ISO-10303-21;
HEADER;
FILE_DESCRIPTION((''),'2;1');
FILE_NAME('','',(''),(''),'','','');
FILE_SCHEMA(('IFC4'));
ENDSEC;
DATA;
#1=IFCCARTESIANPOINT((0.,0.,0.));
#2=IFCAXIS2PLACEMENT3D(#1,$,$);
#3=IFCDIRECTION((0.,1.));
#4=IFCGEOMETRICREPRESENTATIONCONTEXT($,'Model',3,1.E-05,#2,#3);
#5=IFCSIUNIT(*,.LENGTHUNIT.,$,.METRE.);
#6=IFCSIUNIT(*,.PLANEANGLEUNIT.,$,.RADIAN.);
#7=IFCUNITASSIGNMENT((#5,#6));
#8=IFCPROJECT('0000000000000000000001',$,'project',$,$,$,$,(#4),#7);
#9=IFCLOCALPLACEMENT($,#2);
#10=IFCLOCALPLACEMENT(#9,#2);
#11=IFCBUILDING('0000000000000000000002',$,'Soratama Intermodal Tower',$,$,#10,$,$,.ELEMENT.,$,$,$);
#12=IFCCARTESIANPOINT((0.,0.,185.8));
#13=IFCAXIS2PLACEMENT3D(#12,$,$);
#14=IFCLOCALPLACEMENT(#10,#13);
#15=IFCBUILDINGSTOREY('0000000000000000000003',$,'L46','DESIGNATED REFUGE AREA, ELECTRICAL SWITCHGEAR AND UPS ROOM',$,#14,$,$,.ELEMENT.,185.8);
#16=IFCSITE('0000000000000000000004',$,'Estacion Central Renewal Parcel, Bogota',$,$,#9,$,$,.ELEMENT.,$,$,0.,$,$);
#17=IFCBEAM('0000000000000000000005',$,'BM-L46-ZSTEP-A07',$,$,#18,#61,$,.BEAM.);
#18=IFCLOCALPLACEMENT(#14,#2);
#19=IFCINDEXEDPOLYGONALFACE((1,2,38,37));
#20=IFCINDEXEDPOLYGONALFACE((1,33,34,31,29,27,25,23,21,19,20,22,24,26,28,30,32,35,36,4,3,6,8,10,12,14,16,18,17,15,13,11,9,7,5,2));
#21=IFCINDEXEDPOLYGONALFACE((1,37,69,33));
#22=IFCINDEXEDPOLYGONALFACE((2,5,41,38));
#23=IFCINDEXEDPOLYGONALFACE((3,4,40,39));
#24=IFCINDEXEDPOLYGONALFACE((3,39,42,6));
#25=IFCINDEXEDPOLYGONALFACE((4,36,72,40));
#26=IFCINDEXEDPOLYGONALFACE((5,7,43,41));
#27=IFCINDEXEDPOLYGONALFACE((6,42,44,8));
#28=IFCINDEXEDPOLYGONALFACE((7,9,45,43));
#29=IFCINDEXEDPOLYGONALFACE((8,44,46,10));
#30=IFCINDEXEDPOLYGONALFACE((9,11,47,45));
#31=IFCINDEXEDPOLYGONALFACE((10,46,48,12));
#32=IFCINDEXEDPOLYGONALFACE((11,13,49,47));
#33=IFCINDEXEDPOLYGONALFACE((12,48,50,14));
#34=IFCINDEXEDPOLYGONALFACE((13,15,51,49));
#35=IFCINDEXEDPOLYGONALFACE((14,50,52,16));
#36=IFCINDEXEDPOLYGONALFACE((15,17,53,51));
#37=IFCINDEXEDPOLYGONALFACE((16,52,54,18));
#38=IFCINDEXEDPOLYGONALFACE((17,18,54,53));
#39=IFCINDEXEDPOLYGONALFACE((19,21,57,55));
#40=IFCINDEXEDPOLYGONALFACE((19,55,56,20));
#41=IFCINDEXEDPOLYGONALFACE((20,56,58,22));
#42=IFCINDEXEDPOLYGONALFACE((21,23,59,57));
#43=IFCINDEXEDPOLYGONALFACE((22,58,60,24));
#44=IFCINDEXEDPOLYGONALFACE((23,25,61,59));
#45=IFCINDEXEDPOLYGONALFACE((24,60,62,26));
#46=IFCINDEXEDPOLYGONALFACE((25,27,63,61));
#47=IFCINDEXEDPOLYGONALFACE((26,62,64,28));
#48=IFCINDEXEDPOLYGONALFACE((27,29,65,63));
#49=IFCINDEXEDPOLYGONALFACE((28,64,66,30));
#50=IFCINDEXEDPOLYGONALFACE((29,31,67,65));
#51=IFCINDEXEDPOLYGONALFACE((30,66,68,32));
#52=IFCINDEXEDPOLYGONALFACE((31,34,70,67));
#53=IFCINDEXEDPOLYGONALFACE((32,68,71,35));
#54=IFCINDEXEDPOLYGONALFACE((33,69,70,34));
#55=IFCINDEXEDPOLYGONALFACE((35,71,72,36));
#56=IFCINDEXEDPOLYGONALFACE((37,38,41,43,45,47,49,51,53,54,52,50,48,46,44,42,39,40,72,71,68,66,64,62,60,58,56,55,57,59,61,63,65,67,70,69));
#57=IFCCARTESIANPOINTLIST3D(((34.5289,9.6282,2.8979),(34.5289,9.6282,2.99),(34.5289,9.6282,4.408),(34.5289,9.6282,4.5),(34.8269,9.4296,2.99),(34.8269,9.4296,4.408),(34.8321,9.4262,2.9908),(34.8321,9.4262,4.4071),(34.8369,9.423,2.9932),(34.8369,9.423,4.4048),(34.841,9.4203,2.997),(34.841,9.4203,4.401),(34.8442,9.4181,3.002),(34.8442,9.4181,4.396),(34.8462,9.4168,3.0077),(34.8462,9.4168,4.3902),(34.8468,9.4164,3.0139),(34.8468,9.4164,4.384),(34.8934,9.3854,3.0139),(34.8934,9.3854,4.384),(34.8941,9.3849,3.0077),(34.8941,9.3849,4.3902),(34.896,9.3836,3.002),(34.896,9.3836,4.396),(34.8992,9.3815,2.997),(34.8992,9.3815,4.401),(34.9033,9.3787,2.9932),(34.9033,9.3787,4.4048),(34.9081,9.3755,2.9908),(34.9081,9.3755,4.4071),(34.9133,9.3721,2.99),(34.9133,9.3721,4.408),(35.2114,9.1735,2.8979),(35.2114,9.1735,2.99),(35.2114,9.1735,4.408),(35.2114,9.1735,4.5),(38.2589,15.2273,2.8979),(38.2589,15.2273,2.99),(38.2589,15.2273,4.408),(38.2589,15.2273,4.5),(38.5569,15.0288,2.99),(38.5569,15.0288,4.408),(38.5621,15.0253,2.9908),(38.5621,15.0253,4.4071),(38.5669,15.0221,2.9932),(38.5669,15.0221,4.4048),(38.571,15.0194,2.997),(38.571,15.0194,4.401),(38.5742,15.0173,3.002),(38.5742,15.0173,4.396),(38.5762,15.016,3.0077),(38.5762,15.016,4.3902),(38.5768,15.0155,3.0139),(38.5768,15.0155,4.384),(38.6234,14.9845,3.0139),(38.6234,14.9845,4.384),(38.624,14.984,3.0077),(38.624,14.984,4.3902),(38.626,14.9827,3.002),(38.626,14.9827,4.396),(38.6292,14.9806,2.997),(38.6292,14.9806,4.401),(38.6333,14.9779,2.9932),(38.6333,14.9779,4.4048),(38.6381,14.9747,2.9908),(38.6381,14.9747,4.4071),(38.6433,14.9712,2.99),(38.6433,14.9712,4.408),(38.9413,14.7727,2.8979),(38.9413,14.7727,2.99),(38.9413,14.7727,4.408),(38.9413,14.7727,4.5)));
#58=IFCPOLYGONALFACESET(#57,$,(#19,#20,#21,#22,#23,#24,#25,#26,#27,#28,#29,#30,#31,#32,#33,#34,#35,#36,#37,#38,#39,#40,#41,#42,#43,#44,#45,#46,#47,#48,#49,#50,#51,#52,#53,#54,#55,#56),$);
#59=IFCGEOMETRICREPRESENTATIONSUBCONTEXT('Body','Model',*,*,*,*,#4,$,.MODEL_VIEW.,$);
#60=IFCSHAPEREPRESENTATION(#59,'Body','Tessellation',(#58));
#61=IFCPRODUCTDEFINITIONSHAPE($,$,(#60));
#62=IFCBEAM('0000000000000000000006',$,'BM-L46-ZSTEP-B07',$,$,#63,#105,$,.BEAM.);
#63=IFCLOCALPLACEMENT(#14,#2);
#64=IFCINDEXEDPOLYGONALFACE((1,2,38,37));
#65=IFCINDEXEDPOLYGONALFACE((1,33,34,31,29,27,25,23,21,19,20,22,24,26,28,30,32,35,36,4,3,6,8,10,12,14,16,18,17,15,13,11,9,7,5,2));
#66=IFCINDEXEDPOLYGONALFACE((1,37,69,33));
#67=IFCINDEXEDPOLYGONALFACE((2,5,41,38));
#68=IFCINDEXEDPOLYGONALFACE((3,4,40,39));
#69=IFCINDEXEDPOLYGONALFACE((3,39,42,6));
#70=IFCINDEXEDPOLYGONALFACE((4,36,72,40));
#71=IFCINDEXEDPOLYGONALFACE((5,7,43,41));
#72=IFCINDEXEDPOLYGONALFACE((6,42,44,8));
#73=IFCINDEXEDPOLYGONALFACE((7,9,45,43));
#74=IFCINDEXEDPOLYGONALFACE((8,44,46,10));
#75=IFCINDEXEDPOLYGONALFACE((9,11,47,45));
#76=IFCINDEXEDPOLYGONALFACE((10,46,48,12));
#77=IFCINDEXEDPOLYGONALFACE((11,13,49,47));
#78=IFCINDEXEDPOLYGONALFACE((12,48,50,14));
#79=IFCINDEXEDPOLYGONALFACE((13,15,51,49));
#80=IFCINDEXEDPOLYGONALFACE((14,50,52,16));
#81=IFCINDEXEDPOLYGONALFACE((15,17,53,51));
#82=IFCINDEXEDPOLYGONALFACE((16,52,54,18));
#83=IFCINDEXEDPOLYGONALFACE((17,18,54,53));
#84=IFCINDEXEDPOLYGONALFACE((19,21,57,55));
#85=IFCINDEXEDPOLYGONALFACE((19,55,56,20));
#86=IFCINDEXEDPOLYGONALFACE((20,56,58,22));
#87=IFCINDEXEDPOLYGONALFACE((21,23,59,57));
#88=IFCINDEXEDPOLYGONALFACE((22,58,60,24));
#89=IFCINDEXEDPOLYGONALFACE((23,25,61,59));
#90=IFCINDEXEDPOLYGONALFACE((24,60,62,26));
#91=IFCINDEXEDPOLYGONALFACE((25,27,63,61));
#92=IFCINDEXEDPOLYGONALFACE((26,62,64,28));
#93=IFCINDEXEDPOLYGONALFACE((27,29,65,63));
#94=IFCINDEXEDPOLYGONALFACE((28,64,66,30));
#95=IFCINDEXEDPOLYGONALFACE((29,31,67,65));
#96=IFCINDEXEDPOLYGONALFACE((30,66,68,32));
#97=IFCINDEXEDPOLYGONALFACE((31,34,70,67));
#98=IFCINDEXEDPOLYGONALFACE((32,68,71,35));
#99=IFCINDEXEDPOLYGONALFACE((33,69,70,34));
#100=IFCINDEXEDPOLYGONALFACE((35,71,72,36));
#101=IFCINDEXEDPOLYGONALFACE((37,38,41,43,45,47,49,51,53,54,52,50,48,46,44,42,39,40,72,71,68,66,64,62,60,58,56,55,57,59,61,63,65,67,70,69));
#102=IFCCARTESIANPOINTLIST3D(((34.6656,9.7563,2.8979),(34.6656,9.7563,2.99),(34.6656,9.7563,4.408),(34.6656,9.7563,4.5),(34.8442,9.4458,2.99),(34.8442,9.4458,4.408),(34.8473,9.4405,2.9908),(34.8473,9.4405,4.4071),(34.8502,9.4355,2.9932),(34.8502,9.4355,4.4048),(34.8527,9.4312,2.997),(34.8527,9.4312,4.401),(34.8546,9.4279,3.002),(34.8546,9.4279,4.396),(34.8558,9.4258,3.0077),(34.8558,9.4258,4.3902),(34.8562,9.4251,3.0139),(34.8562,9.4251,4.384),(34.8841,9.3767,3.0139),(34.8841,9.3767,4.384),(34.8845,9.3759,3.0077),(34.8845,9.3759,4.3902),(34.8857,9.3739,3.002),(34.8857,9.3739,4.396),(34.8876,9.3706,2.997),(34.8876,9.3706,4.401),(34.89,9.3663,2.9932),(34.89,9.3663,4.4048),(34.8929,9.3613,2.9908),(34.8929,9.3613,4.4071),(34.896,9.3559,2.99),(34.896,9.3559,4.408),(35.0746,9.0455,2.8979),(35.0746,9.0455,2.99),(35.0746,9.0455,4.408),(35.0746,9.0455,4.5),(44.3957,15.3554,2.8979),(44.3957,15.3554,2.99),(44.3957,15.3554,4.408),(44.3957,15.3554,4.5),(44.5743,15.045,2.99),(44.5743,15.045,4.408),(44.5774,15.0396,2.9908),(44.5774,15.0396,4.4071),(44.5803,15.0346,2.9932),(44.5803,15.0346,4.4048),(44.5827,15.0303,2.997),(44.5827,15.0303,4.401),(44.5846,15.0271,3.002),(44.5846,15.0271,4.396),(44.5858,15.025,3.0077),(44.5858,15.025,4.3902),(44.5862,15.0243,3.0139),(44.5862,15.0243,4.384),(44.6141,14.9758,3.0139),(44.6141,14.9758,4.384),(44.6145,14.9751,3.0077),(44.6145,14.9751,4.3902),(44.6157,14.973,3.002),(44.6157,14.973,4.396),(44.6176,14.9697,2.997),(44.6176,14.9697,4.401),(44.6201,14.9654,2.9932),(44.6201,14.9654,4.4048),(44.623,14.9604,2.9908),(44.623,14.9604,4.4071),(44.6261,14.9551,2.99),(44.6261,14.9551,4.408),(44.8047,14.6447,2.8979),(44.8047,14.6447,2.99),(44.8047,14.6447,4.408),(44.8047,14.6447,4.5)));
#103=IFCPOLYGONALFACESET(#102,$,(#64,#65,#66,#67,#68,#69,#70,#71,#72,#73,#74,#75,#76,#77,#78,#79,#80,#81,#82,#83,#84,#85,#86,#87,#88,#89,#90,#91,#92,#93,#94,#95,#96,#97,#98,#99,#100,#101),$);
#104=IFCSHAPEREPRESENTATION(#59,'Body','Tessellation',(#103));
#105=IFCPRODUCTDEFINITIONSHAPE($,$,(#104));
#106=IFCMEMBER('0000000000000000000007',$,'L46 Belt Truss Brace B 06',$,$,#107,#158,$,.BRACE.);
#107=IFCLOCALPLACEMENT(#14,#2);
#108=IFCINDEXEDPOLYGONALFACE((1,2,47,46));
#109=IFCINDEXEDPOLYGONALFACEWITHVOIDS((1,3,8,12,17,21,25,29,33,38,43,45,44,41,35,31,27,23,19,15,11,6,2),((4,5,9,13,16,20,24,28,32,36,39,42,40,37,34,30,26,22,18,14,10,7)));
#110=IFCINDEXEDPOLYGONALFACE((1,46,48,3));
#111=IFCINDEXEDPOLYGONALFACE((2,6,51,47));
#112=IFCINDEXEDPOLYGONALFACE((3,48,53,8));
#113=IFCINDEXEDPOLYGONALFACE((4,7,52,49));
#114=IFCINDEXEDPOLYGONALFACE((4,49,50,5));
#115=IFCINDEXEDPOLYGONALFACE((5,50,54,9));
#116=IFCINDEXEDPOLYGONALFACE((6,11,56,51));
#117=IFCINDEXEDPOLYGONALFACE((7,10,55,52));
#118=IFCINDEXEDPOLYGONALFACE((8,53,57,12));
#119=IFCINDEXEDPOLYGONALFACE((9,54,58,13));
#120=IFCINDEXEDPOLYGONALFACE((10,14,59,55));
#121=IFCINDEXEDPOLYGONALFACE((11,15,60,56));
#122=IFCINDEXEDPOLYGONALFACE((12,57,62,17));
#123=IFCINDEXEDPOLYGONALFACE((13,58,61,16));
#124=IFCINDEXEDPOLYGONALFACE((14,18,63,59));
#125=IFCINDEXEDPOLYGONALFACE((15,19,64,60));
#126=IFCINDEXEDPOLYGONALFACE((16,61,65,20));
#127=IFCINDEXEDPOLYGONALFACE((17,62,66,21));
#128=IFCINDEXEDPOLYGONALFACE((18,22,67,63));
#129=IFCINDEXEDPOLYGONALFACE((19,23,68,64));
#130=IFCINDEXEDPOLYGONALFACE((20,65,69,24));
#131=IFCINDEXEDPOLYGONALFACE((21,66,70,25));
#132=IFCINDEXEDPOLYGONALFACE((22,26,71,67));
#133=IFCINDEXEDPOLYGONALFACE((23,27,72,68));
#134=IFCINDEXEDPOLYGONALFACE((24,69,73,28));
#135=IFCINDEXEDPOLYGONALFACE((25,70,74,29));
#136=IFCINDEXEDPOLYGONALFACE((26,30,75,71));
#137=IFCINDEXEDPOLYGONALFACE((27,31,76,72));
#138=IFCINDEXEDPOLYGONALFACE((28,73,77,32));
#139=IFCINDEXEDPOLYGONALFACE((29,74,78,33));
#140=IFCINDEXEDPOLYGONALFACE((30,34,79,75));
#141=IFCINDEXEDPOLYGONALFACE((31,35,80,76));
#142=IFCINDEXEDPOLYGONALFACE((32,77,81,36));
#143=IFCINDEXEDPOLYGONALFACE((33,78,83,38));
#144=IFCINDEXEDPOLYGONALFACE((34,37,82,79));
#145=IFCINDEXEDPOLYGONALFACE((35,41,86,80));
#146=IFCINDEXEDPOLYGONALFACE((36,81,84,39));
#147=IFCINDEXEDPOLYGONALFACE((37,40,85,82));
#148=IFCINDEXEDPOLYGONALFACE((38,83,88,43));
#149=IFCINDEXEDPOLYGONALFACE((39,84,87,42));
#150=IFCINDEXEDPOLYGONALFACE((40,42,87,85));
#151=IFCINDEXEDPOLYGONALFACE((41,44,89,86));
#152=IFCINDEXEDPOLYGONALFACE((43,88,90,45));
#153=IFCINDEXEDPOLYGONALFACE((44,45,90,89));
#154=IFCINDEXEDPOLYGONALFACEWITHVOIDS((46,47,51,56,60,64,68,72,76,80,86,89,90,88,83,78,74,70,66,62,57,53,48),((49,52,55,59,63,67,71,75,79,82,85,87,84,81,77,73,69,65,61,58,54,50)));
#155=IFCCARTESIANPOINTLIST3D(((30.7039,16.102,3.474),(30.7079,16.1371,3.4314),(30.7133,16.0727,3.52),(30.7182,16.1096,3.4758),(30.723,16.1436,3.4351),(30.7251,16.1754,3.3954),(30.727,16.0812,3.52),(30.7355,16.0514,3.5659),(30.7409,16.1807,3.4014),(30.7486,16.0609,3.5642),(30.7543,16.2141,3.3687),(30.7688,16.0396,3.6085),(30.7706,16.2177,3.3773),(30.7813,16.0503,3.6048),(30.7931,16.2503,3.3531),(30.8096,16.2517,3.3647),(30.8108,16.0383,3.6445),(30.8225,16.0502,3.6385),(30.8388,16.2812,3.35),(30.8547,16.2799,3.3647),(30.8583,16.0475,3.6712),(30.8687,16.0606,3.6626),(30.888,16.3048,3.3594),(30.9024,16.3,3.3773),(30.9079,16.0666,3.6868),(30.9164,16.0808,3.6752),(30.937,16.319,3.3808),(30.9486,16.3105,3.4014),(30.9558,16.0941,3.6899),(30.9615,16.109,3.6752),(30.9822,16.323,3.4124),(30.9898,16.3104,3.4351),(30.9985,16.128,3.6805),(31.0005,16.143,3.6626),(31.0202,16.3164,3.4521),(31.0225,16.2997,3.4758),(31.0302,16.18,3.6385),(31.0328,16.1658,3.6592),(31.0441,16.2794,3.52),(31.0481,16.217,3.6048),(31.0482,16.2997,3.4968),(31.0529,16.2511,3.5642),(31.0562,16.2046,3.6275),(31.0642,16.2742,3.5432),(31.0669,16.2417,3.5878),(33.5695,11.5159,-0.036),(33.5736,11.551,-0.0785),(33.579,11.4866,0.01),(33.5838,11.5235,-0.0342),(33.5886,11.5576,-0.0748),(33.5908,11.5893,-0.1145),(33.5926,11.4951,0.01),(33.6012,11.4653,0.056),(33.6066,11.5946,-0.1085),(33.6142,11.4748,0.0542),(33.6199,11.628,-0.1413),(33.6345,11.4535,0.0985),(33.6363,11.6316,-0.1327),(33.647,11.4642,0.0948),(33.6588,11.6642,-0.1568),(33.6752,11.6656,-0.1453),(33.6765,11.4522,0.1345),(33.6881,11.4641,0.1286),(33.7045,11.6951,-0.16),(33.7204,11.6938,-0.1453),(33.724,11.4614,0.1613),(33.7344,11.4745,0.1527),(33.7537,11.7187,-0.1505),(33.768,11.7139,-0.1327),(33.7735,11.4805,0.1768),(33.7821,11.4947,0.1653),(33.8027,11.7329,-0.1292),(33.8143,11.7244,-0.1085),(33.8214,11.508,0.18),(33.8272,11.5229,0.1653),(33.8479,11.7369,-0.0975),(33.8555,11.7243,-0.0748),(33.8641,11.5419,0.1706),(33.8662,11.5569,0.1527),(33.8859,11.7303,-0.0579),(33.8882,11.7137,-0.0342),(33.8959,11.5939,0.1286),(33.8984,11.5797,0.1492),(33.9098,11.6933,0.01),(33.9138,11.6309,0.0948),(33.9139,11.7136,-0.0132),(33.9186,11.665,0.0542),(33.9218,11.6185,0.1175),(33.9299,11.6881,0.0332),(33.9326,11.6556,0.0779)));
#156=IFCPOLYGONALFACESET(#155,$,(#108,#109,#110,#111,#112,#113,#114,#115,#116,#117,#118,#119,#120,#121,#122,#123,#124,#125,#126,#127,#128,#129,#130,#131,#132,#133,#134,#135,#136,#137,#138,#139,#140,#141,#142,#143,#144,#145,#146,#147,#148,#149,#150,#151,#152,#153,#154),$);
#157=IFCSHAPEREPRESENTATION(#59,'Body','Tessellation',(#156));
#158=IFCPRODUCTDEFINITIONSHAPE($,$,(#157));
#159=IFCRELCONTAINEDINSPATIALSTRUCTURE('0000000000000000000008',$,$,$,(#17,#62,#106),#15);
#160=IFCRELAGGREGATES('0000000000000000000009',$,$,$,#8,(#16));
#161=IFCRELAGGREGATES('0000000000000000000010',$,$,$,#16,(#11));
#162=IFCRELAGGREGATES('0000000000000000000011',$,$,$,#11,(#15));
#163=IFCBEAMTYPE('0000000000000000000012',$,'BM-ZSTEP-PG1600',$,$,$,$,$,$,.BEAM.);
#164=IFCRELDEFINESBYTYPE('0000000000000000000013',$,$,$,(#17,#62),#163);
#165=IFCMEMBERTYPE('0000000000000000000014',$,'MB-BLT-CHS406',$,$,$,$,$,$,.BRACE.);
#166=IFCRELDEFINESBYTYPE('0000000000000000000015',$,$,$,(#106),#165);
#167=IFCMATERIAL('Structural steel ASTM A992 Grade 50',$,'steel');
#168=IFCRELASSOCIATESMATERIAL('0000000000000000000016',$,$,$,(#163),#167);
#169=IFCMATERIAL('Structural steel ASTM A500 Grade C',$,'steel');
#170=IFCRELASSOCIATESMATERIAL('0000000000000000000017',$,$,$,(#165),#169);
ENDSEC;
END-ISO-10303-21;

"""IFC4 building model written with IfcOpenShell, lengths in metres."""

from ifc_helpers import new_model, si_unit, direction, frame, origin, origin_2d, place, context, subcontext, project, spatial, hollow_circle, i_section, extrude, material, material_profile, profile_set, type_object, element, save


model = new_model("IFC4")

# Units and contexts
model_context = context("Model", 3, precision=1e-05, world=origin(), true_north=direction((0.0, 1.0)))
body_context = subcontext(model_context, "Body", "Model", "MODEL_VIEW")
ifc_project = project(units=[si_unit("LENGTHUNIT", "METRE"), si_unit("PLANEANGLEUNIT", "RADIAN")], contexts=[model_context])

# Site, building, storey
site_placement = place(None, origin())
site = spatial("IfcSite", under=ifc_project, at=site_placement, Name="Estacion Central Renewal Parcel, Bogota", CompositionType="ELEMENT", RefElevation=0.0)
building_placement = place(site_placement, origin())
building = spatial("IfcBuilding", under=site, at=building_placement, Name="Soratama Intermodal Tower", CompositionType="ELEMENT")
storey_placement = place(building_placement, frame((0.0, 0.0, 185.8)))
storey = spatial("IfcBuildingStorey", under=building, at=storey_placement, Name="L46", Description="DESIGNATED REFUGE AREA, ELECTRICAL SWITCHGEAR AND UPS ROOM", CompositionType="ELEMENT", Elevation=185.8)

# Beams
ifc_material_1 = material(Name="Structural steel ASTM A992 Grade 50", Category="steel")
ifc_material_profile_1 = material_profile(ifc_material_1, i_section(OverallWidth=0.8201, OverallDepth=1.6021, WebThickness=0.0559, FlangeThickness=0.092, FilletRadius=0.0239, at=origin_2d()), Name="PG1600X650")
ifc_profile_set_1 = profile_set([ifc_material_profile_1], Name="Structural steel ASTM A992 Grade 50")
beam_type_1 = type_object("IfcBeamType", Name="BM-ZSTEP-PG1600", PredefinedType="BEAM", material=ifc_profile_set_1)
beam_1_placement = place(storey_placement, frame((38.6001, 15.0, 3.699), z_axis=(-0.554415, -0.83224, 0.0), x_axis=(0.83224, -0.554415, 0.0)))
element("IfcBeam", 1, at=beam_1_placement, inside=storey, type_object=beam_type_1, Name="BM-L46-ZSTEP-A07", PredefinedType="BEAM", context=body_context, shape_type="SweptSolid", body=[
    extrude(i_section(OverallWidth=0.8201, OverallDepth=1.6021, WebThickness=0.0559, FlangeThickness=0.092, FilletRadius=0.0239, at=origin_2d()), origin(), (0.0, 0.0, 1.0), 6.7278),
])
beam_2_placement = place(storey_placement, frame((34.8701, 9.4009, 3.699), z_axis=(0.866738, 0.498764, 0.0), x_axis=(-0.498764, 0.866738, 0.0)))
element("IfcBeam", 2, at=beam_2_placement, inside=storey, type_object=beam_type_1, Name="BM-L46-ZSTEP-B07", PredefinedType="BEAM", context=body_context, shape_type="SweptSolid", body=[
    extrude(i_section(OverallWidth=0.8201, OverallDepth=1.6021, WebThickness=0.0559, FlangeThickness=0.092, FilletRadius=0.0239, at=origin_2d()), origin(), (0.0, 0.0, 1.0), 11.2261),
])

# Member
ifc_material_2 = material(Name="Structural steel ASTM A500 Grade C", Category="steel")
ifc_material_profile_2 = material_profile(ifc_material_2, hollow_circle(Radius=0.2031, WallThickness=0.0161, at=origin_2d()), Name="CHS406X16")
ifc_profile_set_2 = profile_set([ifc_material_profile_2], Name="Structural steel ASTM A500 Grade C")
member_type = type_object("IfcMemberType", Name="MB-BLT-CHS406", PredefinedType="BRACE", material=ifc_profile_set_2)
for number, where, z_axis, x_axis, name in (
    (3, (33.7512, 11.5942, 0.01), (-0.444495, 0.711351, 0.544429), (-0.848052, -0.529914, 0.0), "L46 Belt Truss Brace B 06"),
):
    element("IfcMember", number, at=place(storey_placement, frame(where, z_axis=z_axis, x_axis=x_axis)), inside=storey, type_object=member_type, Name=name, PredefinedType="BRACE", context=body_context, shape_type="SweptSolid", body=[
        extrude(hollow_circle(Radius=0.2031, WallThickness=0.0161, at=origin_2d()), origin(), (0.0, 0.0, 1.0), 6.447),
    ])

save(model, "model.ifc")
